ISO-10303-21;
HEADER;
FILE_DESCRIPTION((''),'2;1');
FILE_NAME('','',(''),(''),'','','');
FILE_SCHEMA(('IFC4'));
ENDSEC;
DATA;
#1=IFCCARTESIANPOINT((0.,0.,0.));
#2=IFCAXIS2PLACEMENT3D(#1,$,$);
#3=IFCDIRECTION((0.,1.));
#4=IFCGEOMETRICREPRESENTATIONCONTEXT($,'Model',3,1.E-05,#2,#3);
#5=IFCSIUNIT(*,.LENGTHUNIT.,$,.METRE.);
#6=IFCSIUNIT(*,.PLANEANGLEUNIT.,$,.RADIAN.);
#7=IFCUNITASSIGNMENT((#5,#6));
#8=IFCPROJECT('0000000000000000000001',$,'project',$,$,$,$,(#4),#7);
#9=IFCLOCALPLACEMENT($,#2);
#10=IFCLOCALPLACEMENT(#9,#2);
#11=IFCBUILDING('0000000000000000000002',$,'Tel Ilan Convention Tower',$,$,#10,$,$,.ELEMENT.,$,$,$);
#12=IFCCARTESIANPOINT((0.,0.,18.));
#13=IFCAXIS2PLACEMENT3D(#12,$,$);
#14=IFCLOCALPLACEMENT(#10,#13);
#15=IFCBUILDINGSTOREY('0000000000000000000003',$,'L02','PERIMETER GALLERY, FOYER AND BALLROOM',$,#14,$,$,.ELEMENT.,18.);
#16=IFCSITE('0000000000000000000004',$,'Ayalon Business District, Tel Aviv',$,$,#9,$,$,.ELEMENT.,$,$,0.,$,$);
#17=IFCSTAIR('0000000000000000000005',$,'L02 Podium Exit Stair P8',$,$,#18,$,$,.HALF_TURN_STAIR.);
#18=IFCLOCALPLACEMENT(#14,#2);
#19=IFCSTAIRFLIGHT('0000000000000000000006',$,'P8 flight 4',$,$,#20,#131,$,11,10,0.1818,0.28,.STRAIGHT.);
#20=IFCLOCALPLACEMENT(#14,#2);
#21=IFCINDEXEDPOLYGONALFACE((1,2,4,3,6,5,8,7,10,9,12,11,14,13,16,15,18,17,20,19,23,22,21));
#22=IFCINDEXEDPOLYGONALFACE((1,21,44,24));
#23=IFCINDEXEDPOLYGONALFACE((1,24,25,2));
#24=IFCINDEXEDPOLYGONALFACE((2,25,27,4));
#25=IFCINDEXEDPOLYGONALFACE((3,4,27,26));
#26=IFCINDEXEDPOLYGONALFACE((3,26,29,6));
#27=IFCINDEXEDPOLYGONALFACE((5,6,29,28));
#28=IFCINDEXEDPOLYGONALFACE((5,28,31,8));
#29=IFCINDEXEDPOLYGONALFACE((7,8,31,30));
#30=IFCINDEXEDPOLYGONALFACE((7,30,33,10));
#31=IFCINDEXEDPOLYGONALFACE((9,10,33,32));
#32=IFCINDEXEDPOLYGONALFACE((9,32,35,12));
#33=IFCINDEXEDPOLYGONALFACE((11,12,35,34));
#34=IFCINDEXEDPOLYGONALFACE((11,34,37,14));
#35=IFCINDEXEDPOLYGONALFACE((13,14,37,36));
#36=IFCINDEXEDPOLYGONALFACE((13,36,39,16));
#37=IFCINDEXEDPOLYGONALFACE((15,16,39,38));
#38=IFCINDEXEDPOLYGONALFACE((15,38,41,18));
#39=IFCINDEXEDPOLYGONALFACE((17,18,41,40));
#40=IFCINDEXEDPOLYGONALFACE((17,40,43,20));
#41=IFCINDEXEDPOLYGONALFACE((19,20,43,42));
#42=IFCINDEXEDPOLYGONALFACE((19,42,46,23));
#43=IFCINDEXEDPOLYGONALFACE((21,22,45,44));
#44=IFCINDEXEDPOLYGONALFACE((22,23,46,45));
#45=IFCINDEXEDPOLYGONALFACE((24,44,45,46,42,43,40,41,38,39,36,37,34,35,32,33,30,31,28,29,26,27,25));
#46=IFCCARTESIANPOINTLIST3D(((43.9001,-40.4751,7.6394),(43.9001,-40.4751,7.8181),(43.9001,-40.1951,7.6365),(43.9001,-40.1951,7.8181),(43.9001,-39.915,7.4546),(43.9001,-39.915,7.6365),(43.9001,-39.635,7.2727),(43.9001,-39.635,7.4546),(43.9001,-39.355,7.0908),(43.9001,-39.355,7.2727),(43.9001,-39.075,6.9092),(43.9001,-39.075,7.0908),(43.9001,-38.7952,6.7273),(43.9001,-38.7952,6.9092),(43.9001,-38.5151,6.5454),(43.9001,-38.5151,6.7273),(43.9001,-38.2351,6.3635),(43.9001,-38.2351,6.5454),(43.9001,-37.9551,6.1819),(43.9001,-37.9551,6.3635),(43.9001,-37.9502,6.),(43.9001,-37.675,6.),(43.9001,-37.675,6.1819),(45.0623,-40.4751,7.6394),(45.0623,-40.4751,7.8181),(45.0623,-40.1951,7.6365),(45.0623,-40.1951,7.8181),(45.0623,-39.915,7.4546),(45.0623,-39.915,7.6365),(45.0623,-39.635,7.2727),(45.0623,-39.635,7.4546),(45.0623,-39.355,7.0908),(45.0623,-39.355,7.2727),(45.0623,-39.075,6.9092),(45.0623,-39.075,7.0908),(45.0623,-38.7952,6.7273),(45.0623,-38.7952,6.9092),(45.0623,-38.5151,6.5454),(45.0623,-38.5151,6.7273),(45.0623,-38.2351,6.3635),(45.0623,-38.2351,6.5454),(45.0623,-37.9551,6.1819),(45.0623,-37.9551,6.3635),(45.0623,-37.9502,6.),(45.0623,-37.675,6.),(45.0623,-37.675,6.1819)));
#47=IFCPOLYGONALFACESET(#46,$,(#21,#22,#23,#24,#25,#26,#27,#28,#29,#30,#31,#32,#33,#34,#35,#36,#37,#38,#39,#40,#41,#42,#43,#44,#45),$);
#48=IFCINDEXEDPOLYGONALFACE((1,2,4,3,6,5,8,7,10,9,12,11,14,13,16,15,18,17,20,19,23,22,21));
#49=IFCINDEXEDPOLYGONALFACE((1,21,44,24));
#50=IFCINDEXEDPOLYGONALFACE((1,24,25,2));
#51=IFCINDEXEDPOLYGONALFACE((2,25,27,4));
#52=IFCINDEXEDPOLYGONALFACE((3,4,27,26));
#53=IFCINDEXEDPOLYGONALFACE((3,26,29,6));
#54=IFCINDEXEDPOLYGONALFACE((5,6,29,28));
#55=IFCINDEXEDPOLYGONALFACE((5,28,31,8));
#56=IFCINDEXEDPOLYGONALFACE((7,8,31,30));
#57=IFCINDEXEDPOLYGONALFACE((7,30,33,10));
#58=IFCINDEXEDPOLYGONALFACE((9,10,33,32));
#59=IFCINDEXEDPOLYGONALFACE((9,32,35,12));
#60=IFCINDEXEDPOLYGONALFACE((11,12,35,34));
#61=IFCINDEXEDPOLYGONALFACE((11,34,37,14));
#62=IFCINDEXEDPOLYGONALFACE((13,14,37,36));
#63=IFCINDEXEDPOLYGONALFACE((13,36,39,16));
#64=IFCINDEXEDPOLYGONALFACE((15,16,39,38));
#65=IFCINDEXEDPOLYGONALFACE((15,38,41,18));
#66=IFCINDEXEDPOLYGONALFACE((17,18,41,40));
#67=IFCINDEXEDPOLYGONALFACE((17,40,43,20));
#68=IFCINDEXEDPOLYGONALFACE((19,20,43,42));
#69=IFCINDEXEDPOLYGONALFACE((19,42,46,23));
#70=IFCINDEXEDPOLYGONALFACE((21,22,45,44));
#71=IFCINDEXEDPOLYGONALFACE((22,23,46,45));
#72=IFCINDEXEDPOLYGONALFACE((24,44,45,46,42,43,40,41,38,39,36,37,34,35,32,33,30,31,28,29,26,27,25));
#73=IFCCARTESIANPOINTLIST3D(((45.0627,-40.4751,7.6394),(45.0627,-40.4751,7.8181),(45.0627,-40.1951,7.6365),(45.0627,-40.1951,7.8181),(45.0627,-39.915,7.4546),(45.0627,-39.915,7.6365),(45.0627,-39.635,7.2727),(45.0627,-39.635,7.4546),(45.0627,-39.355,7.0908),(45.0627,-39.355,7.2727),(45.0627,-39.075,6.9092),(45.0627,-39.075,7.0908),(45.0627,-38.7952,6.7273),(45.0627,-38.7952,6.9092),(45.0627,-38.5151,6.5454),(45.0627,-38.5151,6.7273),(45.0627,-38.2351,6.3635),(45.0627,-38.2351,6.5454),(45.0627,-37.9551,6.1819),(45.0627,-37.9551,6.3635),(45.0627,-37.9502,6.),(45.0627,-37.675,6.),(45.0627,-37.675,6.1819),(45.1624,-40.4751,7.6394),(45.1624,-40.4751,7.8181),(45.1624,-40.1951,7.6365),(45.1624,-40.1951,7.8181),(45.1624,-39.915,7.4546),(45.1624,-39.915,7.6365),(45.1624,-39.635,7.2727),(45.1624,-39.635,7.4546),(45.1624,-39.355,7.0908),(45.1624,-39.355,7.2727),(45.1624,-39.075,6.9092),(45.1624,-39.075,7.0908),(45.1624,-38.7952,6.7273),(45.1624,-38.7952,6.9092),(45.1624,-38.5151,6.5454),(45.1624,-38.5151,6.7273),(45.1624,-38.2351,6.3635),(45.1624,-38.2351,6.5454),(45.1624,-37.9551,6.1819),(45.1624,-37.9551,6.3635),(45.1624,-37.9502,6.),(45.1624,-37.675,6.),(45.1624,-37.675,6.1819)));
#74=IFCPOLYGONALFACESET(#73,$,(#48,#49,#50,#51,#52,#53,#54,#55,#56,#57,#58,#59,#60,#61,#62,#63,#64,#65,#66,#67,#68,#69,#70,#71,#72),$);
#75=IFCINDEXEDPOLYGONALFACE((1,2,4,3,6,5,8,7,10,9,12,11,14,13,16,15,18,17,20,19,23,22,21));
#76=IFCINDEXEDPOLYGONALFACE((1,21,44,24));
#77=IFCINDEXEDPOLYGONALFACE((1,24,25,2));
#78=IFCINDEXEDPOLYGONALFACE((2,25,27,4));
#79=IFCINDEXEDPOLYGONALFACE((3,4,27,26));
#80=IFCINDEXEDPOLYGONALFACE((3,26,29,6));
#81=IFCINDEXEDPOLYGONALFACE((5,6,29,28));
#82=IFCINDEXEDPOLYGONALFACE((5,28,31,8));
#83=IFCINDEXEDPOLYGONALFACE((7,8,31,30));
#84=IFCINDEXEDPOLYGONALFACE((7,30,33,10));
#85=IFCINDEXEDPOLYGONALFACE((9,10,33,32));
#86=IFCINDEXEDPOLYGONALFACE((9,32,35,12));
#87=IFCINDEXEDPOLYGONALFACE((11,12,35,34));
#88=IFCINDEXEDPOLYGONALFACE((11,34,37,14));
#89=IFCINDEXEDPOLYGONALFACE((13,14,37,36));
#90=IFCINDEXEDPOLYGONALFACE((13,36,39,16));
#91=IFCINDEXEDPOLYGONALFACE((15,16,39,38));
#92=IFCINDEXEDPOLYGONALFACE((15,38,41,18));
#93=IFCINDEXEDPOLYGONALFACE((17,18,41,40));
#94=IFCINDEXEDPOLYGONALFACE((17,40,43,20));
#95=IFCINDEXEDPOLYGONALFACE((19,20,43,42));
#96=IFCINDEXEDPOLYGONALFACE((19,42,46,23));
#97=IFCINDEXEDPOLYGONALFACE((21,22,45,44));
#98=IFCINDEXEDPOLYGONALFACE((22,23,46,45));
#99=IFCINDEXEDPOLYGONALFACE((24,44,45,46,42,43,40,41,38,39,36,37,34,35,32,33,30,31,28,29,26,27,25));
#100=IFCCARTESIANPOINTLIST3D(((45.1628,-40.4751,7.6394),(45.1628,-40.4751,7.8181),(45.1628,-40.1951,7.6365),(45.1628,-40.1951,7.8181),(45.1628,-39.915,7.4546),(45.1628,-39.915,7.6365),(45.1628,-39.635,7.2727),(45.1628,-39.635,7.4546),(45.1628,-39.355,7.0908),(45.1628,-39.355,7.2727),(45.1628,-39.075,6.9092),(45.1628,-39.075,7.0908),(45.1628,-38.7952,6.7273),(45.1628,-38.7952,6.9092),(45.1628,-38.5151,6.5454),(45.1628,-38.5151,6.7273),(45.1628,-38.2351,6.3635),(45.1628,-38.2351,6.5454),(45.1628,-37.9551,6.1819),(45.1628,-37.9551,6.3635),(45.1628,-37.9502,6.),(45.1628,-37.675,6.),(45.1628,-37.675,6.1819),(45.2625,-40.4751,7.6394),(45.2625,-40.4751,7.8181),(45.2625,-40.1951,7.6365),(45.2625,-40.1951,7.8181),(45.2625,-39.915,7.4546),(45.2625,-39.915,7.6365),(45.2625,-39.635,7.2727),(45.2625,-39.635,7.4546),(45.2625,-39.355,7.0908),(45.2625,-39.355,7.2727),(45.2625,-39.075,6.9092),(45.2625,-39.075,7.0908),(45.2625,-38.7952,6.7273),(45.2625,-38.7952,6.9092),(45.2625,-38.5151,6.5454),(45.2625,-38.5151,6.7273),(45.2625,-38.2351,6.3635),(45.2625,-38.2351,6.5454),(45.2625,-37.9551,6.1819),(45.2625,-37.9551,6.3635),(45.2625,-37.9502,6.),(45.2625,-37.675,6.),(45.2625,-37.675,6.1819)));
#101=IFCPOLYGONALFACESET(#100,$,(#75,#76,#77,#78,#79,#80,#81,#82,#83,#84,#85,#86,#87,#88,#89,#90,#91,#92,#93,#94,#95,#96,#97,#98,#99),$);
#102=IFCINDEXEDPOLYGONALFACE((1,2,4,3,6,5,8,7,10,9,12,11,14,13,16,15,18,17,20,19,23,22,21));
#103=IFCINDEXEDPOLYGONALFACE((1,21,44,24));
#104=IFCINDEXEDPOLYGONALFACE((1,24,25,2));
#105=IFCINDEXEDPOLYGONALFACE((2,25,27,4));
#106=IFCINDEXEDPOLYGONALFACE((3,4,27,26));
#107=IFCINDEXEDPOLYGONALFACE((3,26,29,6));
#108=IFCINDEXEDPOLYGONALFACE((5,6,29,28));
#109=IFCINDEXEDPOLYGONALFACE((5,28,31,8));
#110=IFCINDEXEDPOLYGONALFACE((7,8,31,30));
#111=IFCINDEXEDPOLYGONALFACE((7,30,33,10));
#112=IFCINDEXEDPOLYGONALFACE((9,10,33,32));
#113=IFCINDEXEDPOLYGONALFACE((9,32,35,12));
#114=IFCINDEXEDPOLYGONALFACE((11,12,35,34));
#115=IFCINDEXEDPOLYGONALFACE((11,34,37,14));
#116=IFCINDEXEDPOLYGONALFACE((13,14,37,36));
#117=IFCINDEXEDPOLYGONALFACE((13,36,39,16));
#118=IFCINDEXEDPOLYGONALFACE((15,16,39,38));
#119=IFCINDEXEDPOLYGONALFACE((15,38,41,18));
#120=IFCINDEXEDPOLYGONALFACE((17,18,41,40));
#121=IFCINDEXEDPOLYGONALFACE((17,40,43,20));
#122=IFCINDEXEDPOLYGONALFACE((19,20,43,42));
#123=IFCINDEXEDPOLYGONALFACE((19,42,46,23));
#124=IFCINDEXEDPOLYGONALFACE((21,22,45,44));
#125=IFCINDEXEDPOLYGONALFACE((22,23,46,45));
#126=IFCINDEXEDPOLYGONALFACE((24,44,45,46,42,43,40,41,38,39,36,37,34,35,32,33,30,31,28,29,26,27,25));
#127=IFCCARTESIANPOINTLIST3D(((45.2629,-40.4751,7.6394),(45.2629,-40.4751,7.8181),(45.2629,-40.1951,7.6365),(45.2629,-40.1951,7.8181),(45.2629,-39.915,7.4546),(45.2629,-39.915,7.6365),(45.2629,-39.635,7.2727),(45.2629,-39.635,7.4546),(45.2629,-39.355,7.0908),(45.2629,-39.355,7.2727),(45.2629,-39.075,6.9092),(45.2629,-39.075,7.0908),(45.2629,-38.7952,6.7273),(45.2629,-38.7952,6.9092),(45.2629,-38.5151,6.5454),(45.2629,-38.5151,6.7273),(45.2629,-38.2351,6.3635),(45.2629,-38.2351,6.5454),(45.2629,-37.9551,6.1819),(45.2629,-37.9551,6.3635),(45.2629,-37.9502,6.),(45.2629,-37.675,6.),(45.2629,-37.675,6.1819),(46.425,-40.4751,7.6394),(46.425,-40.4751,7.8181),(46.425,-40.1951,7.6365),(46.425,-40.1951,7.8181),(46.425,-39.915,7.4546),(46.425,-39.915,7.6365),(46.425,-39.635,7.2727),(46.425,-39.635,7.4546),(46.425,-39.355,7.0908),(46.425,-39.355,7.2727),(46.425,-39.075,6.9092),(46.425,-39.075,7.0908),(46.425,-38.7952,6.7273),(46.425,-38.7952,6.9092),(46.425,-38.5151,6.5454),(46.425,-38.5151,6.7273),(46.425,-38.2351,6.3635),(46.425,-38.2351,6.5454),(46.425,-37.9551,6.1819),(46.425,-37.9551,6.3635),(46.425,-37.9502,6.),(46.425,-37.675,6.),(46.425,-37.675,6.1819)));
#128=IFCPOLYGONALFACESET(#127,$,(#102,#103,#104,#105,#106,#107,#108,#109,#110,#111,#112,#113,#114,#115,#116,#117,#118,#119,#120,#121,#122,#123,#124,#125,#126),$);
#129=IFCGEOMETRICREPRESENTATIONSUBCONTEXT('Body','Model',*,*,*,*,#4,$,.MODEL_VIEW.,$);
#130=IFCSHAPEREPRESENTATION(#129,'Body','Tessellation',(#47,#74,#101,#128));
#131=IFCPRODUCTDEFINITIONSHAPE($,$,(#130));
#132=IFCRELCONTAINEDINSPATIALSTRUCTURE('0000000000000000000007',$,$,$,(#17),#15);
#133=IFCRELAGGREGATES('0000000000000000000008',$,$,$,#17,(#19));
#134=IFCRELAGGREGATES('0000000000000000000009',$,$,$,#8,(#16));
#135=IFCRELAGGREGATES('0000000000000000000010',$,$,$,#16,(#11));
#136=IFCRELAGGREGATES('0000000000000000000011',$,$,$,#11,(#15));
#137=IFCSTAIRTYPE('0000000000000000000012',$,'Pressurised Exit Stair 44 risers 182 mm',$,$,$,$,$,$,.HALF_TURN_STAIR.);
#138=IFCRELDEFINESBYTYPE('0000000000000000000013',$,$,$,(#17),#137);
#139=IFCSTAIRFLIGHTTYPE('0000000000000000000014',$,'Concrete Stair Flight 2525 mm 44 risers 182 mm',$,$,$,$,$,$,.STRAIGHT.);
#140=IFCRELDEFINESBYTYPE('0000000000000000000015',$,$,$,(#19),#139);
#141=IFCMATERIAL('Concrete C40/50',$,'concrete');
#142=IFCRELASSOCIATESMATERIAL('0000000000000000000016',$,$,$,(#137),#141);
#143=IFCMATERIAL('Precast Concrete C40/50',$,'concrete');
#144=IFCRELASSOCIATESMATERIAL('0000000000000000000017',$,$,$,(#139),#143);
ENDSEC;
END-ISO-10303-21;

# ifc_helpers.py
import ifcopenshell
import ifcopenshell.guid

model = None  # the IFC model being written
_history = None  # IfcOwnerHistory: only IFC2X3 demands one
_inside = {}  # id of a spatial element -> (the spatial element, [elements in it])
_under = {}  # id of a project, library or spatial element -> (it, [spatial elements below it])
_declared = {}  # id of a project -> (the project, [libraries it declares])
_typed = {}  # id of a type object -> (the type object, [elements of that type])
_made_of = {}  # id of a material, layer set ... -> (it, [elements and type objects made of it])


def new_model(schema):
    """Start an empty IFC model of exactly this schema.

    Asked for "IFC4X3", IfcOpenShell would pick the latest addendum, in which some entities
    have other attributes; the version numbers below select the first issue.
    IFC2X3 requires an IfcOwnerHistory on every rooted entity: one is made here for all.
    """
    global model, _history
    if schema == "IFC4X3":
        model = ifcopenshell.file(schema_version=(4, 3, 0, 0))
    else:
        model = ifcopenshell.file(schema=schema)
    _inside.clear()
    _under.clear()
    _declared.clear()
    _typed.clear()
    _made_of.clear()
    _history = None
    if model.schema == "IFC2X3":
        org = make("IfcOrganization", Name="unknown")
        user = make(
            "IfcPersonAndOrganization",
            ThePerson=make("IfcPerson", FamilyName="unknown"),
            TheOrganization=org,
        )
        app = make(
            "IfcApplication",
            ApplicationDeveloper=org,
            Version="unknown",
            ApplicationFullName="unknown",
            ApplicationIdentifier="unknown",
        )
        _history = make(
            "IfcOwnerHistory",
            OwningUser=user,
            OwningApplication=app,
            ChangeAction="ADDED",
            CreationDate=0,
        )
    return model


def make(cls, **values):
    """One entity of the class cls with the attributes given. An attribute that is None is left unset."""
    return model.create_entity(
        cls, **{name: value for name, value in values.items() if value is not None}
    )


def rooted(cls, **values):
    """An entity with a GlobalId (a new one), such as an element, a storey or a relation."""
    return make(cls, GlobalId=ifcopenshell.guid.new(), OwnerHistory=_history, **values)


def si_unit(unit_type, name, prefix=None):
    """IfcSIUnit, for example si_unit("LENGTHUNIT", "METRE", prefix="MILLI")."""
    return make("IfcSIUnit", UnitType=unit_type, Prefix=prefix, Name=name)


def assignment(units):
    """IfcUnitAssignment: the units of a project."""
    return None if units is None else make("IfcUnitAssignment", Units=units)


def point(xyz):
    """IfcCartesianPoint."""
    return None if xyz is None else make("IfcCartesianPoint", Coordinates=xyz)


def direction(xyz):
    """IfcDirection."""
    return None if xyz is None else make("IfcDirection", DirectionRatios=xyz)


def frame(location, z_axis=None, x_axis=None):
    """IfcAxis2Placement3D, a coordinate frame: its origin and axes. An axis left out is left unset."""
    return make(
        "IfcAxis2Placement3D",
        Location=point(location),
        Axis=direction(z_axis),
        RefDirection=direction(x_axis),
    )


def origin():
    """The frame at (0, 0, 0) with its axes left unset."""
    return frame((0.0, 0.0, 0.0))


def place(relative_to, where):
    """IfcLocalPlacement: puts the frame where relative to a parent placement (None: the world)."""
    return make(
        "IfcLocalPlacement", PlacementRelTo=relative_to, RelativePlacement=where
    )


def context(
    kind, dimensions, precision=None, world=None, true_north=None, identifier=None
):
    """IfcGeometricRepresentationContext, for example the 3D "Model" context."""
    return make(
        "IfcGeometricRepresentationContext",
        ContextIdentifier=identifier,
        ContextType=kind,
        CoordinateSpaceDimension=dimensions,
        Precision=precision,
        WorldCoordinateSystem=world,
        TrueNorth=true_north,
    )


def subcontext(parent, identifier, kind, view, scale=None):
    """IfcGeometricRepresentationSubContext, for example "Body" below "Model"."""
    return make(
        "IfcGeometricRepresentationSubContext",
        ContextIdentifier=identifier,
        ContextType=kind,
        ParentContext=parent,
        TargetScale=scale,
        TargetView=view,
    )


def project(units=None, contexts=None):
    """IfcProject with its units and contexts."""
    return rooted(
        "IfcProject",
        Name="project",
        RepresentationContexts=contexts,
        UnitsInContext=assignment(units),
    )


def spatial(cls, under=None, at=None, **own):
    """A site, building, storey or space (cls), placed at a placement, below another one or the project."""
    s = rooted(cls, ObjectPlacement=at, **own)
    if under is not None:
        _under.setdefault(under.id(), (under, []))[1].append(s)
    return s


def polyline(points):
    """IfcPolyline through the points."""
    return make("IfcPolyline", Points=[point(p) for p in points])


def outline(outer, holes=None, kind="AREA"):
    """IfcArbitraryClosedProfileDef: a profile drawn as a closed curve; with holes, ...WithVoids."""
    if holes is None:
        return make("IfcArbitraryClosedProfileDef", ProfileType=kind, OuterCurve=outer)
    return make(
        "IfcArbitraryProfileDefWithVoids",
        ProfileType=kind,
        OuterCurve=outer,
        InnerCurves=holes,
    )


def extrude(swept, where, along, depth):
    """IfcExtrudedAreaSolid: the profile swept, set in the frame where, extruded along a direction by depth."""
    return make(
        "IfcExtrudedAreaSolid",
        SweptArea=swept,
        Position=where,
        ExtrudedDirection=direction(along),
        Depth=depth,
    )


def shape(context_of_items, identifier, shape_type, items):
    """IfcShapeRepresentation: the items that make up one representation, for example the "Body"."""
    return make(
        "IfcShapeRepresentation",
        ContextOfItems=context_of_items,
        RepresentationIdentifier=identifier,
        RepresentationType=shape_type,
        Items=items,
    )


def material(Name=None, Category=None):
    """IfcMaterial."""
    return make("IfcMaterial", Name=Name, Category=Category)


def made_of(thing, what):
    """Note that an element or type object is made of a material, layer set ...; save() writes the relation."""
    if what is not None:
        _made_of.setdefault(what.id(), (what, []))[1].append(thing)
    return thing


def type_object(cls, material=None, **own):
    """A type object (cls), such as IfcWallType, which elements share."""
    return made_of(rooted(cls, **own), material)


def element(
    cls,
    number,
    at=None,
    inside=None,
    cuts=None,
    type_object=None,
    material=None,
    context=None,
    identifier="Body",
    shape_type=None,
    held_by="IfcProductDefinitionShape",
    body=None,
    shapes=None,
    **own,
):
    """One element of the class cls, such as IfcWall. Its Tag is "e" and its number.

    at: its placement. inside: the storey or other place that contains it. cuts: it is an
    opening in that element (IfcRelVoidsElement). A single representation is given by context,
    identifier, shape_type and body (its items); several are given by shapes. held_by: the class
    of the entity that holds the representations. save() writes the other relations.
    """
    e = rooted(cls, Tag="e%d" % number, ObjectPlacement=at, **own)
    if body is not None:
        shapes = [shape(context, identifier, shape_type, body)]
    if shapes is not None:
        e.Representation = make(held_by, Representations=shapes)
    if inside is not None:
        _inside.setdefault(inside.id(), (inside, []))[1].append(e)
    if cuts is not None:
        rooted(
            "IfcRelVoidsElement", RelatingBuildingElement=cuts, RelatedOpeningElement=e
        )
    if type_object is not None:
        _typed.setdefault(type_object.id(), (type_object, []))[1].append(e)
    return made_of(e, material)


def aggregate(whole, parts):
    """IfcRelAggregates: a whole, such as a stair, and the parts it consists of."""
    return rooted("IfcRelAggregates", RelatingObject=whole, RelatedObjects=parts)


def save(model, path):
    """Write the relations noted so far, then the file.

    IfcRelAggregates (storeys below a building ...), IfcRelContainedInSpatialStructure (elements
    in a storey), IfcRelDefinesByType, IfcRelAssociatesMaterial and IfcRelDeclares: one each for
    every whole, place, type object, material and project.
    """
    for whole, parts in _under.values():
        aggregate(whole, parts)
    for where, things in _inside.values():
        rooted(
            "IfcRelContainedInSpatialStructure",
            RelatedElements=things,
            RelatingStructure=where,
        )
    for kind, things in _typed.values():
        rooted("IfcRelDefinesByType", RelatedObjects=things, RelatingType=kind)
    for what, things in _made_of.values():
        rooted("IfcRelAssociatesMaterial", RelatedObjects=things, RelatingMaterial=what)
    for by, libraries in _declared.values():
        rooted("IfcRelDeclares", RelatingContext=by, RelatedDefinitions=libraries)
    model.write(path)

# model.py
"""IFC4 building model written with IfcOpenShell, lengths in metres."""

from ifc_helpers import new_model, si_unit, direction, frame, origin, place, context, subcontext, project, spatial, polyline, outline, extrude, material, type_object, element, aggregate, save


model = new_model("IFC4")

# Units and contexts
model_context = context("Model", 3, precision=1e-05, world=origin(), true_north=direction((0.0, 1.0)))
body_context = subcontext(model_context, "Body", "Model", "MODEL_VIEW")
ifc_project = project(units=[si_unit("LENGTHUNIT", "METRE"), si_unit("PLANEANGLEUNIT", "RADIAN")], contexts=[model_context])

# Site, building, storey
site_placement = place(None, origin())
site = spatial("IfcSite", under=ifc_project, at=site_placement, Name="Ayalon Business District, Tel Aviv", CompositionType="ELEMENT", RefElevation=0.0)
building_placement = place(site_placement, origin())
building = spatial("IfcBuilding", under=site, at=building_placement, Name="Tel Ilan Convention Tower", CompositionType="ELEMENT")
storey_placement = place(building_placement, frame((0.0, 0.0, 18.0)))
storey = spatial("IfcBuildingStorey", under=building, at=storey_placement, Name="L02", Description="PERIMETER GALLERY, FOYER AND BALLROOM", CompositionType="ELEMENT", Elevation=18.0)

# Stair, stair flight
ifc_material_1 = material(Name="Concrete C40/50", Category="concrete")
stair_type = type_object("IfcStairType", Name="Pressurised Exit Stair 44 risers 182 mm", PredefinedType="HALF_TURN_STAIR", material=ifc_material_1)
ifc_material_2 = material(Name="Precast Concrete C40/50", Category="concrete")
stair_flight_type = type_object("IfcStairFlightType", Name="Concrete Stair Flight 2525 mm 44 risers 182 mm", PredefinedType="STRAIGHT", material=ifc_material_2)
stair_1_placement = place(storey_placement, origin())
stair_1 = element("IfcStair", 1, at=stair_1_placement, inside=storey, type_object=stair_type, Name="L02 Podium Exit Stair P8", PredefinedType="HALF_TURN_STAIR")
stair_flight_1_placement = place(storey_placement, frame((45.1626, -37.675, 6.0), z_axis=(0.0, 0.0, 1.0), x_axis=(0.0, -1.0, 0.0)))
stair_flight_1 = element("IfcStairFlight", 2, at=stair_flight_1_placement, type_object=stair_flight_type, Name="P8 flight 4", NumberOfRisers=11, NumberOfTreads=10, PredefinedType="STRAIGHT", RiserHeight=0.1818, TreadLength=0.28, context=body_context, shape_type="SweptSolid", body=[
    extrude(outline(polyline([(0.0, 0.0), (0.0, 0.1819), (0.28, 0.1819), (0.28, 0.3635), (0.5601, 0.3635), (0.5601, 0.5454), (0.8401, 0.5454), (0.8401, 0.7273), (1.1201, 0.7273), (1.1201, 0.9092), (1.3999, 0.9092), (1.3999, 1.0908), (1.6799, 1.0908), (1.6799, 1.2727), (1.96, 1.2727), (1.96, 1.4546), (2.24, 1.4546), (2.24, 1.6365), (2.52, 1.6365), (2.52, 1.8181), (2.8, 1.8181), (2.8, 2.0), (2.8, 1.6394), (0.2751, 0.0), (0.0, 0.0)])), frame((0.0, -0.1003, 0.0), z_axis=(0.0, -1.0, 0.0), x_axis=(1.0, 0.0, 0.0)), (0.0, 0.0, 1.0), 1.1621),
    extrude(outline(polyline([(0.0, 0.0), (0.0, 0.1819), (0.28, 0.1819), (0.28, 0.3635), (0.5601, 0.3635), (0.5601, 0.5454), (0.8401, 0.5454), (0.8401, 0.7273), (1.1201, 0.7273), (1.1201, 0.9092), (1.3999, 0.9092), (1.3999, 1.0908), (1.6799, 1.0908), (1.6799, 1.2727), (1.96, 1.2727), (1.96, 1.4546), (2.24, 1.4546), (2.24, 1.6365), (2.52, 1.6365), (2.52, 1.8181), (2.8, 1.8181), (2.8, 2.0), (2.8, 1.6394), (0.2751, 0.0), (0.0, 0.0)])), frame((0.0, -0.0002, 0.0), z_axis=(0.0, -1.0, 0.0), x_axis=(1.0, 0.0, 0.0)), (0.0, 0.0, 1.0), 0.0996),
    extrude(outline(polyline([(0.0, 0.0), (0.0, 0.1819), (0.28, 0.1819), (0.28, 0.3635), (0.5601, 0.3635), (0.5601, 0.5454), (0.8401, 0.5454), (0.8401, 0.7273), (1.1201, 0.7273), (1.1201, 0.9092), (1.3999, 0.9092), (1.3999, 1.0908), (1.6799, 1.0908), (1.6799, 1.2727), (1.96, 1.2727), (1.96, 1.4546), (2.24, 1.4546), (2.24, 1.6365), (2.52, 1.6365), (2.52, 1.8181), (2.8, 1.8181), (2.8, 2.0), (2.8, 1.6394), (0.2751, 0.0), (0.0, 0.0)])), frame((0.0, 0.0999, 0.0), z_axis=(0.0, -1.0, 0.0), x_axis=(1.0, 0.0, 0.0)), (0.0, 0.0, 1.0), 0.0996),
    extrude(outline(polyline([(0.0, 0.0), (0.0, 0.1819), (0.28, 0.1819), (0.28, 0.3635), (0.5601, 0.3635), (0.5601, 0.5454), (0.8401, 0.5454), (0.8401, 0.7273), (1.1201, 0.7273), (1.1201, 0.9092), (1.3999, 0.9092), (1.3999, 1.0908), (1.6799, 1.0908), (1.6799, 1.2727), (1.96, 1.2727), (1.96, 1.4546), (2.24, 1.4546), (2.24, 1.6365), (2.52, 1.6365), (2.52, 1.8181), (2.8, 1.8181), (2.8, 2.0), (2.8, 1.6394), (0.2751, 0.0), (0.0, 0.0)])), frame((0.0, 1.2625, 0.0), z_axis=(0.0, -1.0, 0.0), x_axis=(1.0, 0.0, 0.0)), (0.0, 0.0, 1.0), 1.1621),
])
aggregate(stair_1, [stair_flight_1])

save(model, "model.ifc")
